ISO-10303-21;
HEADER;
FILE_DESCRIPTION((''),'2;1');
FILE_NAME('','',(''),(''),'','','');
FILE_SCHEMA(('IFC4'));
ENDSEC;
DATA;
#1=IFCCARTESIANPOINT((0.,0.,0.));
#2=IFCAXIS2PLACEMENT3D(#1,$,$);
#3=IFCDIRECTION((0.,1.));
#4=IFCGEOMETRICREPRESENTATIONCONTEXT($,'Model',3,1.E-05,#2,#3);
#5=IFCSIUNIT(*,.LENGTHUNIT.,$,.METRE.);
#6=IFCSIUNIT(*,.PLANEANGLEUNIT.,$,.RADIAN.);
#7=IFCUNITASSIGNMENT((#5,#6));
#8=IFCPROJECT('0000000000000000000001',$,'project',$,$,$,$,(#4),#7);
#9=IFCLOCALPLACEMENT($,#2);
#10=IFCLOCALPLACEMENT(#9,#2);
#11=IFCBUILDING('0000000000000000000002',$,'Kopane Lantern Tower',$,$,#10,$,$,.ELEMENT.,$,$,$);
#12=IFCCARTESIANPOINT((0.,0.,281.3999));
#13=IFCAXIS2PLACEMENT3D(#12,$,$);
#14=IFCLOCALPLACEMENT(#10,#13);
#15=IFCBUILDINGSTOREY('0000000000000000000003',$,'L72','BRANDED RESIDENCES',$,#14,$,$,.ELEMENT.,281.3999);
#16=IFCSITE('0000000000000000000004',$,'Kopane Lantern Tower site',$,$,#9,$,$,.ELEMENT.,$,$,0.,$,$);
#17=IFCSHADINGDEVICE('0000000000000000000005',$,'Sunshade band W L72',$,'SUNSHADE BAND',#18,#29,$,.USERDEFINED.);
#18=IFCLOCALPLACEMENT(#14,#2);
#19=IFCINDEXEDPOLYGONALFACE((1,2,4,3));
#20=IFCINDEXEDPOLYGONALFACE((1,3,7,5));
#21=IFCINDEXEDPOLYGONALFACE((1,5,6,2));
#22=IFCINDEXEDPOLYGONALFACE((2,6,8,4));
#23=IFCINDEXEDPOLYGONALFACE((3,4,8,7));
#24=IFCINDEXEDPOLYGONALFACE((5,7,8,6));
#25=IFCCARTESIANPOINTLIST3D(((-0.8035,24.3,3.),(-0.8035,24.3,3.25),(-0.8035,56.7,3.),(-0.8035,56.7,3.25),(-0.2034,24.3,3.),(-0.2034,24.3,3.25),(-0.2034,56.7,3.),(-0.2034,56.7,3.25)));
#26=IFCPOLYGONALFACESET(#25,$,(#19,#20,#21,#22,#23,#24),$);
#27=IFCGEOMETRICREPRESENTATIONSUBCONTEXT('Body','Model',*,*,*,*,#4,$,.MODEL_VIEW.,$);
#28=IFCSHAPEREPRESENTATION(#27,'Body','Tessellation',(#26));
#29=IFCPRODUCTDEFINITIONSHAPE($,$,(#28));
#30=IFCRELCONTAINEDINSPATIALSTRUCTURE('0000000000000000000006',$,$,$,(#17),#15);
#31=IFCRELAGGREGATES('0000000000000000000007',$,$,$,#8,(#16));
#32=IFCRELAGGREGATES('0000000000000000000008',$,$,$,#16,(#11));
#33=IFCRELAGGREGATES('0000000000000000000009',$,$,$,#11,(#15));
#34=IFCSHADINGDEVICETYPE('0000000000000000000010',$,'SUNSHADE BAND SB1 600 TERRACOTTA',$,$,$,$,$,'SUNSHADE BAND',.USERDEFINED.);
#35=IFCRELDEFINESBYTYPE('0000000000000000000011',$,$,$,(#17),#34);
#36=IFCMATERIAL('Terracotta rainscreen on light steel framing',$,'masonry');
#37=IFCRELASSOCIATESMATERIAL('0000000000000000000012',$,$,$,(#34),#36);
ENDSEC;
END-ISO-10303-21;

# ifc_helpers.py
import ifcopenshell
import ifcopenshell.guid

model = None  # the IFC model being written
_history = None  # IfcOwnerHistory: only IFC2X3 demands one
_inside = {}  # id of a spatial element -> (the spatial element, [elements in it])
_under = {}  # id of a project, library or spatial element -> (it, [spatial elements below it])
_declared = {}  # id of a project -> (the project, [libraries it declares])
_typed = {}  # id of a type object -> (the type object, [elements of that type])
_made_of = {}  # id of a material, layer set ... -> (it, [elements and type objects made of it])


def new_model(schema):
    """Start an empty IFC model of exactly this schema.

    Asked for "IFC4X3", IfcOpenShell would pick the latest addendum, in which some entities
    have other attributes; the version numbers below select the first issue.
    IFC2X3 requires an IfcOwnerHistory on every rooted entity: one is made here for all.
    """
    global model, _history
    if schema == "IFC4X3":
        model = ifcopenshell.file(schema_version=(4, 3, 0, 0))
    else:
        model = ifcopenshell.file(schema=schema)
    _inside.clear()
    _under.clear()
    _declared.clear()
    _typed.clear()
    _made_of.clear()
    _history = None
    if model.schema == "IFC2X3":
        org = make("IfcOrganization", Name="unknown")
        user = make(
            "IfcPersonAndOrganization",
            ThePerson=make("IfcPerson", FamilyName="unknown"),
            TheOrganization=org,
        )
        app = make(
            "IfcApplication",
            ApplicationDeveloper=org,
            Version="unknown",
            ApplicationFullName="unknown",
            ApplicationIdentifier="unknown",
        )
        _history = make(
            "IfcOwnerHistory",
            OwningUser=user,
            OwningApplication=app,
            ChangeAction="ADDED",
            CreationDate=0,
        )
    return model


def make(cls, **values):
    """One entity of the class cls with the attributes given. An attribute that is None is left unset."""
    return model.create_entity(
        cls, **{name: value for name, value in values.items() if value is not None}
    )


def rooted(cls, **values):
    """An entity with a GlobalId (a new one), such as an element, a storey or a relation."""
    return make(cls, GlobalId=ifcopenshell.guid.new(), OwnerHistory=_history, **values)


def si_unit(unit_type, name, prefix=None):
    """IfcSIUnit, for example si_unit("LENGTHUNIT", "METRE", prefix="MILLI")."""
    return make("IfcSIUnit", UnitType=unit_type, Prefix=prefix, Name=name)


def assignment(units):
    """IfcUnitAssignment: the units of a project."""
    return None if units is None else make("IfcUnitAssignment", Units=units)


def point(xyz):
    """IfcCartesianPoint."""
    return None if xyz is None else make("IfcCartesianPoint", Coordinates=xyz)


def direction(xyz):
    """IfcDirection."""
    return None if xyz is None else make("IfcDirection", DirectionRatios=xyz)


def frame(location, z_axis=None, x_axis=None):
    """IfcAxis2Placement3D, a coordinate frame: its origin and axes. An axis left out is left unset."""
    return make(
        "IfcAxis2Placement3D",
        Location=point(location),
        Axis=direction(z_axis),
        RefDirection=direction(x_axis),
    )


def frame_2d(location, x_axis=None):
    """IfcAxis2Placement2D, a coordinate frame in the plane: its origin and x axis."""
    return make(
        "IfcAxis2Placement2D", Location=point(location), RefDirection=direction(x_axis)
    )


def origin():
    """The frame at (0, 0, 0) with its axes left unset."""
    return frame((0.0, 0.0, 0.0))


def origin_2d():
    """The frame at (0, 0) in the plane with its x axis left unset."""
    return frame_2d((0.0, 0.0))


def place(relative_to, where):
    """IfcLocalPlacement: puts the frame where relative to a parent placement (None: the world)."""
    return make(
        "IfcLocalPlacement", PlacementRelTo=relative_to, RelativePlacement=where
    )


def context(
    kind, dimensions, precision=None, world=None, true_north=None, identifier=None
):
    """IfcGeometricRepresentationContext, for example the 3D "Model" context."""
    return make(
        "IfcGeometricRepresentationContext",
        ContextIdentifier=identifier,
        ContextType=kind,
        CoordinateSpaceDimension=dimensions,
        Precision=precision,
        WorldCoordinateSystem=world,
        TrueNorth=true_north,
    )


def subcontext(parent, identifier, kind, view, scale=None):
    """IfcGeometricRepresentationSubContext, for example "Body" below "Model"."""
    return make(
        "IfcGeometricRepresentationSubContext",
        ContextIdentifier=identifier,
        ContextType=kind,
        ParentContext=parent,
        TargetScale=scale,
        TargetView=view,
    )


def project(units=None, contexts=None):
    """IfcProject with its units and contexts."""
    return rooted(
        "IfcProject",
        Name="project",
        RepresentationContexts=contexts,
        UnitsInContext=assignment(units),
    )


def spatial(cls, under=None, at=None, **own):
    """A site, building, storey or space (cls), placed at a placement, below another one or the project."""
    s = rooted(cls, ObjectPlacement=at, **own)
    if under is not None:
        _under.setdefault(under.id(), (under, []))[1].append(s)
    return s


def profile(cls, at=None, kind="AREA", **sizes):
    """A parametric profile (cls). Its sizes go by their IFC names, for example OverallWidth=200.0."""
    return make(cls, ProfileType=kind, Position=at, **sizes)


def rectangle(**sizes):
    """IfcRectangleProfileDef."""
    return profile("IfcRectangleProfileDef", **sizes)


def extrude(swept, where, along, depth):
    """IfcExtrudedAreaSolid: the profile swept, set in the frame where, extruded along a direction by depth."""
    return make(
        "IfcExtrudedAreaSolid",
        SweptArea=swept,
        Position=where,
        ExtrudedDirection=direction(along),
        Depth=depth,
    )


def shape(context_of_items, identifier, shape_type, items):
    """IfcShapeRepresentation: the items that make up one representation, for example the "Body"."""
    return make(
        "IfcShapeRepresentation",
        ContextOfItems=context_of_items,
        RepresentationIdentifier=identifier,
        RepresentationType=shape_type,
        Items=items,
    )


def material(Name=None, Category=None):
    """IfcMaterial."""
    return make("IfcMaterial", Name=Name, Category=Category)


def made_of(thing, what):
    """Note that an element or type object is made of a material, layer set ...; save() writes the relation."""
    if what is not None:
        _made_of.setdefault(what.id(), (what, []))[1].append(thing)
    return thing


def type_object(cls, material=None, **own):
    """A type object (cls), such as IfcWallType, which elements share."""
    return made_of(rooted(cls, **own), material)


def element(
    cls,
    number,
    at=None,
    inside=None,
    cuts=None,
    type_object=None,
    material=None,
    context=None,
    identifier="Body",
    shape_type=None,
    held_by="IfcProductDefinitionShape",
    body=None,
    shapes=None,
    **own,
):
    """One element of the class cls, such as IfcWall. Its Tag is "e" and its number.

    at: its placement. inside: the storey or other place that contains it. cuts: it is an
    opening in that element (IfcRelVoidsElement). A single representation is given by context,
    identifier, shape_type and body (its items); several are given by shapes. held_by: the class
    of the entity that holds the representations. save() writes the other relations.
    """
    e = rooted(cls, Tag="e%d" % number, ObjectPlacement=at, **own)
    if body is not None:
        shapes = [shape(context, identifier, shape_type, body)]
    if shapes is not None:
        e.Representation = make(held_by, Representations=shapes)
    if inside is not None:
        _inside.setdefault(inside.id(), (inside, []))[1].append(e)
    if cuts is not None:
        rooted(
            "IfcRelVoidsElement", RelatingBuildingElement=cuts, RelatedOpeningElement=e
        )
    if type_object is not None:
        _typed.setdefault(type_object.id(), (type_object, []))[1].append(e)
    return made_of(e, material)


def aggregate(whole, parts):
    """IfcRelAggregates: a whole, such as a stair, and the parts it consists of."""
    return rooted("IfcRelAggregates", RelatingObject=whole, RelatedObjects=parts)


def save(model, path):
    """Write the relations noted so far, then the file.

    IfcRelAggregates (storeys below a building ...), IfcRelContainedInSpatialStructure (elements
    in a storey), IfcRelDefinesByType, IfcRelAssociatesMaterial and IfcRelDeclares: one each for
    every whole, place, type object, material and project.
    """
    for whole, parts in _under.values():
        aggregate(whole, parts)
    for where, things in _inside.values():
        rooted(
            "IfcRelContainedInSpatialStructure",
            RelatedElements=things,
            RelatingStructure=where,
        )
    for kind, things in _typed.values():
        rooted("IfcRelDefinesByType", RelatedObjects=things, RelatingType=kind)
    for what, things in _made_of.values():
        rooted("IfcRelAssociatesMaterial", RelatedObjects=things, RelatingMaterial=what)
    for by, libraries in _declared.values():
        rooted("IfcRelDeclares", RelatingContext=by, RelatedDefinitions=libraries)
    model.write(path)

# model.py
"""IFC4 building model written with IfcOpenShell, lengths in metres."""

from ifc_helpers import new_model, si_unit, direction, frame, origin, origin_2d, place, context, subcontext, project, spatial, rectangle, extrude, material, type_object, element, save


model = new_model("IFC4")

# Units and contexts
model_context = context("Model", 3, precision=1e-05, world=origin(), true_north=direction((0.0, 1.0)))
body_context = subcontext(model_context, "Body", "Model", "MODEL_VIEW")
ifc_project = project(units=[si_unit("LENGTHUNIT", "METRE"), si_unit("PLANEANGLEUNIT", "RADIAN")], contexts=[model_context])

# Site, building, storey
site_placement = place(None, origin())
site = spatial("IfcSite", under=ifc_project, at=site_placement, Name="Kopane Lantern Tower site", CompositionType="ELEMENT", RefElevation=0.0)
building_placement = place(site_placement, origin())
building = spatial("IfcBuilding", under=site, at=building_placement, Name="Kopane Lantern Tower", CompositionType="ELEMENT")
storey_placement = place(building_placement, frame((0.0, 0.0, 281.3999)))
storey = spatial("IfcBuildingStorey", under=building, at=storey_placement, Name="L72", Description="BRANDED RESIDENCES", CompositionType="ELEMENT", Elevation=281.3999)

# Shading device
ifc_material_1 = material(Name="Terracotta rainscreen on light steel framing", Category="masonry")
shading_device_type = type_object("IfcShadingDeviceType", Name="SUNSHADE BAND SB1 600 TERRACOTTA", ElementType="SUNSHADE BAND", PredefinedType="USERDEFINED", material=ifc_material_1)
shading_device_placement = place(storey_placement, frame((-0.5034, 40.5, 3.0), z_axis=(0.0, 0.0, 1.0), x_axis=(0.0, -1.0, 0.0)))
element("IfcShadingDevice", 1, at=shading_device_placement, inside=storey, type_object=shading_device_type, Name="Sunshade band W L72", ObjectType="SUNSHADE BAND", PredefinedType="USERDEFINED", context=body_context, shape_type="SweptSolid", body=[
    extrude(rectangle(XDim=32.3999, YDim=0.6001, at=origin_2d()), origin(), (0.0, 0.0, 1.0), 0.25),
])

save(model, "model.ifc")
